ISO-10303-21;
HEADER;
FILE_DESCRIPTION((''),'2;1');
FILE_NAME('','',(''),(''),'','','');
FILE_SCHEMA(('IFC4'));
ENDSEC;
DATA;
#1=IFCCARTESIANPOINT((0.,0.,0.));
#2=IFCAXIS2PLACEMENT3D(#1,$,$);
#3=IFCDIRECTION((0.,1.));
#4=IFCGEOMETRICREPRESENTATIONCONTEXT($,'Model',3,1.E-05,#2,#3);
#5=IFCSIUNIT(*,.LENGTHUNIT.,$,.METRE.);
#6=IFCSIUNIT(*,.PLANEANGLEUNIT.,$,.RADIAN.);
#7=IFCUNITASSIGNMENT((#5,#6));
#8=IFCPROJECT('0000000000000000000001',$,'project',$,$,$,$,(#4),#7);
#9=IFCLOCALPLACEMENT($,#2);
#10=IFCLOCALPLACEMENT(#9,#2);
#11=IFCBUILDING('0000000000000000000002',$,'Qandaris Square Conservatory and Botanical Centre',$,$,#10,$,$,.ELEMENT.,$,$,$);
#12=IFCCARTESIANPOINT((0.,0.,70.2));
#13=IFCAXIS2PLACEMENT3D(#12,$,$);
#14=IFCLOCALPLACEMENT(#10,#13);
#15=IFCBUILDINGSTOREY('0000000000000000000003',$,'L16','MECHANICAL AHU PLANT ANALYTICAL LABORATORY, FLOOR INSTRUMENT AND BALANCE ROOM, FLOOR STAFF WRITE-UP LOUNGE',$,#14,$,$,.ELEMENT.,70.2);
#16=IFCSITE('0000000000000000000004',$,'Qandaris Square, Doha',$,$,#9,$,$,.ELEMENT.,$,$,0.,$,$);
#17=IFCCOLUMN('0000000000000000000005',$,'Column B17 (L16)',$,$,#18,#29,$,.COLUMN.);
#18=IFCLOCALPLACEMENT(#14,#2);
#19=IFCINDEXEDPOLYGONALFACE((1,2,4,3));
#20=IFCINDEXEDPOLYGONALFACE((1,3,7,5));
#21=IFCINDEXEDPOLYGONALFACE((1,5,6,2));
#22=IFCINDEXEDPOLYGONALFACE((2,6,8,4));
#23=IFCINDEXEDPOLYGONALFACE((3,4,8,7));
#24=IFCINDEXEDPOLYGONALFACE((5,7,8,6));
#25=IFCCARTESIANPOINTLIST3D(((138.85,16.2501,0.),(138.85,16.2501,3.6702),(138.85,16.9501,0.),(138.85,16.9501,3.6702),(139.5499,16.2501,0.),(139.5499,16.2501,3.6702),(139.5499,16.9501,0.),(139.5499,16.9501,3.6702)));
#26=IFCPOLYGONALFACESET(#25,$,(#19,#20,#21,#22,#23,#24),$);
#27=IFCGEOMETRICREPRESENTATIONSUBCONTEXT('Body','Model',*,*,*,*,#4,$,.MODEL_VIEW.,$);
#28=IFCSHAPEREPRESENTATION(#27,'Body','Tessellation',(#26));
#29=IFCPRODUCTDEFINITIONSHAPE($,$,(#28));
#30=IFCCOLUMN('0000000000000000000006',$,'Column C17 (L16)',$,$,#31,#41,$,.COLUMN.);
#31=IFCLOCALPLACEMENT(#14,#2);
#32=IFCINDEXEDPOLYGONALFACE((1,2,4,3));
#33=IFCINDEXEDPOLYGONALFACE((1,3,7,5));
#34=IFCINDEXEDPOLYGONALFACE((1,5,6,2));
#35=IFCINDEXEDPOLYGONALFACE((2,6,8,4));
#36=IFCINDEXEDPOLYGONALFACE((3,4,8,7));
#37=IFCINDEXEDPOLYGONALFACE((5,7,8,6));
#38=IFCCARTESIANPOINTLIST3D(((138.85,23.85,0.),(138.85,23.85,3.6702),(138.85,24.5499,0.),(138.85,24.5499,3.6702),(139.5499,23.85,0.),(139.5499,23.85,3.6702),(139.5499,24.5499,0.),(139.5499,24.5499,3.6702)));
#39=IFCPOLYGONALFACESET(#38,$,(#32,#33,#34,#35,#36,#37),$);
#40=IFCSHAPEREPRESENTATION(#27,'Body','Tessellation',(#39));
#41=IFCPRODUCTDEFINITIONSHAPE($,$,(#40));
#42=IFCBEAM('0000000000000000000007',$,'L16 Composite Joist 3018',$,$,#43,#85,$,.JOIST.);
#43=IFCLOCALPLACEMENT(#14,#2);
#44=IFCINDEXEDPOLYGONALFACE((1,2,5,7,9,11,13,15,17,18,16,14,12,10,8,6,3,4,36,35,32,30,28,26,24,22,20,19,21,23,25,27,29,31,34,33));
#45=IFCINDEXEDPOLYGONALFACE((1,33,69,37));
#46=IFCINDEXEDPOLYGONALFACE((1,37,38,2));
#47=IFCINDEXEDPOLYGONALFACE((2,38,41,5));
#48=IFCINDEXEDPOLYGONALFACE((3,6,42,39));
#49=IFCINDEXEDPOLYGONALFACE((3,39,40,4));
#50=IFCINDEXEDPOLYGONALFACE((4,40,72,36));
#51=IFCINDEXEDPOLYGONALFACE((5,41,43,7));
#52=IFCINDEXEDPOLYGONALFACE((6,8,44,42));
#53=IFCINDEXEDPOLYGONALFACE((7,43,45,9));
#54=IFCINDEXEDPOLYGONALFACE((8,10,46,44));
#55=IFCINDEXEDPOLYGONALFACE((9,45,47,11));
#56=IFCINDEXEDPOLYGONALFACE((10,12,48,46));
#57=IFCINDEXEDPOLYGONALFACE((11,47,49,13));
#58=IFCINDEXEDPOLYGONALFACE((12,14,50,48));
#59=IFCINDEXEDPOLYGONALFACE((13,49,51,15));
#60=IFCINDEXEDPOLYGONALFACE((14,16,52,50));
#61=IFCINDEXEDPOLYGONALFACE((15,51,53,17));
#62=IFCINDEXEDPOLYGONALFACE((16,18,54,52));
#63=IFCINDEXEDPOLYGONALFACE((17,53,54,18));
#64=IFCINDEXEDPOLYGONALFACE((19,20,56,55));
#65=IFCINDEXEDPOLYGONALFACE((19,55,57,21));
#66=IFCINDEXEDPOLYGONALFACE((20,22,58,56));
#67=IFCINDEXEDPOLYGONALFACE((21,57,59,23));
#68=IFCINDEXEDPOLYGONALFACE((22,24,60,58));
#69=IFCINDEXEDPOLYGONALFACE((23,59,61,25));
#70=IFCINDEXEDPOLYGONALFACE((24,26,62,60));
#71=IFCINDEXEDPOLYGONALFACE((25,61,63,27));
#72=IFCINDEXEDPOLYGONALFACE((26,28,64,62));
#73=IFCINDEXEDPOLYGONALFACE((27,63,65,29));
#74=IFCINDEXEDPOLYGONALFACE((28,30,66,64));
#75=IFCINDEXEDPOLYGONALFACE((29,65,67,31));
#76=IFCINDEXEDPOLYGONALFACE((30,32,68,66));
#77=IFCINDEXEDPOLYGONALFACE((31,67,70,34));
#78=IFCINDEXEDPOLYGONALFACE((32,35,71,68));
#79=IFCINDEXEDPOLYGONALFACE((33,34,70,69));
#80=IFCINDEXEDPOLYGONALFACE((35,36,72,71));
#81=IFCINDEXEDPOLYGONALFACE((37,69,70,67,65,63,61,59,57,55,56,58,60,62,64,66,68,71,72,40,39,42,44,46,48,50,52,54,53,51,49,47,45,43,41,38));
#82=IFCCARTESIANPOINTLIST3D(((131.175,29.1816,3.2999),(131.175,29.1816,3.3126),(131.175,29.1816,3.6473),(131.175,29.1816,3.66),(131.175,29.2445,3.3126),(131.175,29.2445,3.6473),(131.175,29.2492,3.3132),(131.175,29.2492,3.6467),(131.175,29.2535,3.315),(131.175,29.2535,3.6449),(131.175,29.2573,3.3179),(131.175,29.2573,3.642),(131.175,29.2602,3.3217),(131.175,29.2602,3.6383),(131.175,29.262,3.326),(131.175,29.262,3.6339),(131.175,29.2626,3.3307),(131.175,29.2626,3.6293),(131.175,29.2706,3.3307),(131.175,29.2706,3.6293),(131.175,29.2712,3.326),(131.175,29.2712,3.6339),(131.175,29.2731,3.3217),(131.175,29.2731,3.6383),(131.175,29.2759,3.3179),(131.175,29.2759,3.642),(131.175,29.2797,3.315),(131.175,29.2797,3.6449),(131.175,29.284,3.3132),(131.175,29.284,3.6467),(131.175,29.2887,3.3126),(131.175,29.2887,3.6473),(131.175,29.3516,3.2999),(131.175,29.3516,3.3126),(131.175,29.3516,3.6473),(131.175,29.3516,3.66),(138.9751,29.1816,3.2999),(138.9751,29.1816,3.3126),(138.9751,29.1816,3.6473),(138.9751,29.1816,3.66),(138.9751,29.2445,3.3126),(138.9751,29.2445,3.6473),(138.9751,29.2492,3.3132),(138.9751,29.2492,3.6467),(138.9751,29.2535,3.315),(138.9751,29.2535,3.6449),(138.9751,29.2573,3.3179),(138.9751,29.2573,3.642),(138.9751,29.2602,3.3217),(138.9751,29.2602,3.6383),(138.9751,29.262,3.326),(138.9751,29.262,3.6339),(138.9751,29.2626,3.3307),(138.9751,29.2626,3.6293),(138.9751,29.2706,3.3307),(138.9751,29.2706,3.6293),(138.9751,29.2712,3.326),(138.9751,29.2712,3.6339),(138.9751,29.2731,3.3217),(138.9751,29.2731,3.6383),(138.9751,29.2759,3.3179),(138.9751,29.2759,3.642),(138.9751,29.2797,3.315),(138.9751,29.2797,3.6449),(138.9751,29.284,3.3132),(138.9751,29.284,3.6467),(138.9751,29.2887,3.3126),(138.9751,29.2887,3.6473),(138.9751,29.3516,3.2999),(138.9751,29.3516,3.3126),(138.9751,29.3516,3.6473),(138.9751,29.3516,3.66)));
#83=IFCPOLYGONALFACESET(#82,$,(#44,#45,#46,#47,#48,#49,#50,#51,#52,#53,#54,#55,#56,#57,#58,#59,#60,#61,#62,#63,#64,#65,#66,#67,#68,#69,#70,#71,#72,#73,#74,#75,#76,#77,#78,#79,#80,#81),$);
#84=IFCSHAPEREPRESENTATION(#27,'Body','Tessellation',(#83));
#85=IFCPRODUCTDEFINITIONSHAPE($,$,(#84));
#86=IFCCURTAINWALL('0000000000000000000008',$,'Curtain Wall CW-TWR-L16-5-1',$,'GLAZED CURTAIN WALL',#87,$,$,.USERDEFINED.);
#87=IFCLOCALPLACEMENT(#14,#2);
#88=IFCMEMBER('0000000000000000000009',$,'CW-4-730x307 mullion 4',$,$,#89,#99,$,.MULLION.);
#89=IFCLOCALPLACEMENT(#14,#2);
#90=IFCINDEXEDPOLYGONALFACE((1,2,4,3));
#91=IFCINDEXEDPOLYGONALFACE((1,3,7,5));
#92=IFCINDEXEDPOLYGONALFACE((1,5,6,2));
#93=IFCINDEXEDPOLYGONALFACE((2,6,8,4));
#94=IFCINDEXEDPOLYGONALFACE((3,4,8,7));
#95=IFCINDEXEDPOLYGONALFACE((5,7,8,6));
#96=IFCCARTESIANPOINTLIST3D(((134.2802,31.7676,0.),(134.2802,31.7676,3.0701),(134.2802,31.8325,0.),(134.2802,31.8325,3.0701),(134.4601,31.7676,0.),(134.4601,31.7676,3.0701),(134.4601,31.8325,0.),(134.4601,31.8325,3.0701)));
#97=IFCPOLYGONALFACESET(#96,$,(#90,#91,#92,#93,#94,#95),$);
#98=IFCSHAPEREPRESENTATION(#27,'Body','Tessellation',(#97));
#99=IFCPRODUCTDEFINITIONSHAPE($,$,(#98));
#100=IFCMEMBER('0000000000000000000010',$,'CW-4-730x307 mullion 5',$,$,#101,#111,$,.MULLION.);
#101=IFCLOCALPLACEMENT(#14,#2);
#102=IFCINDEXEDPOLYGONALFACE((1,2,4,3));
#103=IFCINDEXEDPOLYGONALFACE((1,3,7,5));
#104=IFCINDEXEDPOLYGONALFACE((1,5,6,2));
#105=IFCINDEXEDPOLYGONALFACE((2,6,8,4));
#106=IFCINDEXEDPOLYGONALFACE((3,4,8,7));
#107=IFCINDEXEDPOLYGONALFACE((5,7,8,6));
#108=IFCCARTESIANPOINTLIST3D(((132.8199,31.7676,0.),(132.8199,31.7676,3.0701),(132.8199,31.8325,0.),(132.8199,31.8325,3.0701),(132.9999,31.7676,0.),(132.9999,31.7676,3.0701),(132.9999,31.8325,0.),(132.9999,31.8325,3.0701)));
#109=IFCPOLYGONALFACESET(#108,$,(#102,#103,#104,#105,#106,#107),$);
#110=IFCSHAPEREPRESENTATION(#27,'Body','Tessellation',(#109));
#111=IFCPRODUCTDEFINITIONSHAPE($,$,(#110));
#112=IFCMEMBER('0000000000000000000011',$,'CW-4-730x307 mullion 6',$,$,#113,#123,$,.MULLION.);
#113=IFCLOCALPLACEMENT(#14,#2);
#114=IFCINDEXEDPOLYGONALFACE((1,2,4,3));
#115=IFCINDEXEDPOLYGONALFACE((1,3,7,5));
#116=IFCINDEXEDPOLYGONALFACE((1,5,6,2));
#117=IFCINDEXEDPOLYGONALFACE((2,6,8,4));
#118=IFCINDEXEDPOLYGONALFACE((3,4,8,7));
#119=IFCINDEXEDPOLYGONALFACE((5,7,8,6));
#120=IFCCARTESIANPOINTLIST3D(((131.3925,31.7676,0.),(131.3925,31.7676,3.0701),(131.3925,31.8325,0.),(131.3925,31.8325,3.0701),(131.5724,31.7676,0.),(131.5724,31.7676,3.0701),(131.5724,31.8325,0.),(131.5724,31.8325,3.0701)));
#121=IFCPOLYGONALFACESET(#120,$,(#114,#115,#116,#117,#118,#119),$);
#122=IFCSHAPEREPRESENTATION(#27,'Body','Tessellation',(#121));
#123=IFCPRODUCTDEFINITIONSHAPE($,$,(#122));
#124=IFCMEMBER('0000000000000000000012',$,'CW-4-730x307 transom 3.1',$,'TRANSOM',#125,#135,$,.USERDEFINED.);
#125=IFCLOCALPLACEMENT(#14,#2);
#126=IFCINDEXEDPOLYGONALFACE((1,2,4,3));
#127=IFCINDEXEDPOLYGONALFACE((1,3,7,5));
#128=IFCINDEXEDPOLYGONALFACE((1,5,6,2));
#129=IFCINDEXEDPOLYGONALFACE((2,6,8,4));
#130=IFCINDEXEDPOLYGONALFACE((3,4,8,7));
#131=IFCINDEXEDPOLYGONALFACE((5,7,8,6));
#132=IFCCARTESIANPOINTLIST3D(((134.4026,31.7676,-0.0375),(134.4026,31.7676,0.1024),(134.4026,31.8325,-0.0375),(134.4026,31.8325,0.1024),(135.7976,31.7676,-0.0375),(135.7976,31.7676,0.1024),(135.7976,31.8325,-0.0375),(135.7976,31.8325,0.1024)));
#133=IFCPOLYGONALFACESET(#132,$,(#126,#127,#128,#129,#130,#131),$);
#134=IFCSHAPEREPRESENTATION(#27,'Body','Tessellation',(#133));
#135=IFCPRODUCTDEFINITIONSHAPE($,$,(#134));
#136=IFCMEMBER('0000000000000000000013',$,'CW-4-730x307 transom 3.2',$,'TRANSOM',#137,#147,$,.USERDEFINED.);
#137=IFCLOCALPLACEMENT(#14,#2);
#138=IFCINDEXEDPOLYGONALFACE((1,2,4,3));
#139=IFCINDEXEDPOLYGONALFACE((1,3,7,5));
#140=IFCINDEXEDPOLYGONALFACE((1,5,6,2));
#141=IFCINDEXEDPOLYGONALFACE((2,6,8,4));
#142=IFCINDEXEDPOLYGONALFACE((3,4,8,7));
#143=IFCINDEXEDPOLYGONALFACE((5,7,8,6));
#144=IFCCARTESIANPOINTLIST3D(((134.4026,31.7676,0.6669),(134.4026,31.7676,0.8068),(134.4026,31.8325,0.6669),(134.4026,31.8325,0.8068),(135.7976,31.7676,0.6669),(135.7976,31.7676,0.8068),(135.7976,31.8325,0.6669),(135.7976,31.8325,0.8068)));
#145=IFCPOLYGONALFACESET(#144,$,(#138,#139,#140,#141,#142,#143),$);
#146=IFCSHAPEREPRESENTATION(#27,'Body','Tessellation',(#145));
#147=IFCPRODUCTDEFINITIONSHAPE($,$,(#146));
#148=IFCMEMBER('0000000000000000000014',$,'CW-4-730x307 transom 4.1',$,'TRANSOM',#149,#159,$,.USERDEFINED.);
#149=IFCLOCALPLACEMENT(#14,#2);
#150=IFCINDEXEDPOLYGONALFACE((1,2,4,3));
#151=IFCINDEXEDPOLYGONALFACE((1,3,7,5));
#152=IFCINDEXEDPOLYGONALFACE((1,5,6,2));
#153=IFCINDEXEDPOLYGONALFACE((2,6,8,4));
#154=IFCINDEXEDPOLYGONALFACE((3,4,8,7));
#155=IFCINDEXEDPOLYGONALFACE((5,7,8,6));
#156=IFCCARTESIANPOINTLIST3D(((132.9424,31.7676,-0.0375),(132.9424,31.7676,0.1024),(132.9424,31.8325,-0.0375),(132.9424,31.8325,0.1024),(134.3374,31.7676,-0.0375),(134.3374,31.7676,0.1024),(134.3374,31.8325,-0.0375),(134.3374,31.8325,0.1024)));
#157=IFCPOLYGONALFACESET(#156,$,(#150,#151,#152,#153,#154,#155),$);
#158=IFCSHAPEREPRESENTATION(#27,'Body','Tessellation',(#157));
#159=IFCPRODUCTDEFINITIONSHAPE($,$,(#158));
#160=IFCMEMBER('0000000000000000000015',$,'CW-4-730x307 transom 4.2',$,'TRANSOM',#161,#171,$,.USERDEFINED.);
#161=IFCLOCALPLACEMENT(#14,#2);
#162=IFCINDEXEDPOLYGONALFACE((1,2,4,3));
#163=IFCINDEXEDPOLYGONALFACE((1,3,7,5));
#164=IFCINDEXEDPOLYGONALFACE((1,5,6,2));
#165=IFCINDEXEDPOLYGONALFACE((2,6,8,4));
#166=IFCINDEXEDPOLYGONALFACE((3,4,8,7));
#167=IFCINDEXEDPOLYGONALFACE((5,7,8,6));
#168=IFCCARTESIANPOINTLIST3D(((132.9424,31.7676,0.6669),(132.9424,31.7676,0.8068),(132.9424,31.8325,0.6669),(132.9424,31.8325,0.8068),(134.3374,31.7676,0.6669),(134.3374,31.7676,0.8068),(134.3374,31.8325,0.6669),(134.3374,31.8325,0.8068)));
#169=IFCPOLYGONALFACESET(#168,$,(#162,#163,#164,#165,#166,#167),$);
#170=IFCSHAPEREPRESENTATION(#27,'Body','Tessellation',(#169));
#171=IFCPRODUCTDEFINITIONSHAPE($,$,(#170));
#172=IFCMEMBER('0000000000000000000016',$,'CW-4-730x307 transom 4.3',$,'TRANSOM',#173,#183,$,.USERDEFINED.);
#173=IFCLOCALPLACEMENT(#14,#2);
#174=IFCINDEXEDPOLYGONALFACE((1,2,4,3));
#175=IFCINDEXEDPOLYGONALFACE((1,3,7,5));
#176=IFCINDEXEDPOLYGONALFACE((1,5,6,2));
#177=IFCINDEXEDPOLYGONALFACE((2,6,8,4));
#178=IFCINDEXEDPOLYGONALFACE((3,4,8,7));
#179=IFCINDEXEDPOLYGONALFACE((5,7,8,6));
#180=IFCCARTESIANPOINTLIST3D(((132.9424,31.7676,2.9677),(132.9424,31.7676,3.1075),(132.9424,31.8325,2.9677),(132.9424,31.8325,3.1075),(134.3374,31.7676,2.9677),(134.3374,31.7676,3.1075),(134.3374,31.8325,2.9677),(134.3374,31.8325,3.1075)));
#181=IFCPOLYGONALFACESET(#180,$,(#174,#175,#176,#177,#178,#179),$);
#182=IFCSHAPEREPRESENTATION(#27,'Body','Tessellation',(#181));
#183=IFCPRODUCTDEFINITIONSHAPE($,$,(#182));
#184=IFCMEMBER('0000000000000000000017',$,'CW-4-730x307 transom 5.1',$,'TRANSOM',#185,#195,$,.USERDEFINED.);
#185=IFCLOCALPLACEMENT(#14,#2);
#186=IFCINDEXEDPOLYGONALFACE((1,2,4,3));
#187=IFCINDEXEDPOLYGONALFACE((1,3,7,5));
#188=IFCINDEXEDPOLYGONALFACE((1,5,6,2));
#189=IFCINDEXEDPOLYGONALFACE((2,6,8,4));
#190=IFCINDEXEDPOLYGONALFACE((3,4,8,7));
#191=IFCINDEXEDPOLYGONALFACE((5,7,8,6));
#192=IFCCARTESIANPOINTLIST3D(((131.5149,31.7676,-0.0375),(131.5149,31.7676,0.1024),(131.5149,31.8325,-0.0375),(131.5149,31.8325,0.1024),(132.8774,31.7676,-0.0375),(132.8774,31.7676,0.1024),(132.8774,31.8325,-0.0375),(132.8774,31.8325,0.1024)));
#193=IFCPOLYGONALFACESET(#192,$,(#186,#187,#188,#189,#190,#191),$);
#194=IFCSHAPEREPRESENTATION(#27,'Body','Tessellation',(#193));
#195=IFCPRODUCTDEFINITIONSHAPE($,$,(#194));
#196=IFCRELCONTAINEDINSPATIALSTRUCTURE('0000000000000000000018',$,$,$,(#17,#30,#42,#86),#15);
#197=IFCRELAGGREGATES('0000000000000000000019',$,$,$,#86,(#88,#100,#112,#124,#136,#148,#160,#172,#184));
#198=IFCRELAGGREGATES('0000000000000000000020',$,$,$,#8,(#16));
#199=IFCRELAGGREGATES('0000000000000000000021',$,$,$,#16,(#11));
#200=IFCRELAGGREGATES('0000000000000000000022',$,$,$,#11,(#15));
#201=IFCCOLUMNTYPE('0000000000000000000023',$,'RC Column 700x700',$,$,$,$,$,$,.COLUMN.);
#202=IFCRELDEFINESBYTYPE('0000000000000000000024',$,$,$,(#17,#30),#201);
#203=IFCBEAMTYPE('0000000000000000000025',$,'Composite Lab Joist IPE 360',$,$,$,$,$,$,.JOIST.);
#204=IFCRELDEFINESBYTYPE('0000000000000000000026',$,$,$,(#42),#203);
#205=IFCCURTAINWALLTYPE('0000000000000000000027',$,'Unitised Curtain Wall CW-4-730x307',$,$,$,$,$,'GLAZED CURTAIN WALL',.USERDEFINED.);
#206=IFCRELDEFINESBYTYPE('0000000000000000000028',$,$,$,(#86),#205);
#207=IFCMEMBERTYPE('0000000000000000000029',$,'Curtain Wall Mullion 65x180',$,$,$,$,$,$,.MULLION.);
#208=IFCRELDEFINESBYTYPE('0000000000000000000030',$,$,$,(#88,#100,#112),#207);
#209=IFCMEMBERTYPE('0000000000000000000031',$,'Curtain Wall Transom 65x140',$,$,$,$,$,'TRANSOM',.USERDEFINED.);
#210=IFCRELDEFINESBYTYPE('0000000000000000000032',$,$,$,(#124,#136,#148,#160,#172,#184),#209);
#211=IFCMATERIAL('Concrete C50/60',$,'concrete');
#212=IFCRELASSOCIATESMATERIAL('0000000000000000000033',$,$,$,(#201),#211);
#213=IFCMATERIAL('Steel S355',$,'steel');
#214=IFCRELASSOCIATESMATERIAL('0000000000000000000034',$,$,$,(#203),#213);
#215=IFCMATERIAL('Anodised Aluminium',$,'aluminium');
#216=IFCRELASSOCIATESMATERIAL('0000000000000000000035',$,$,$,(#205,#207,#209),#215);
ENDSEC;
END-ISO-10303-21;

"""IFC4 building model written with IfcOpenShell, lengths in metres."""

from ifc_helpers import new_model, si_unit, direction, frame, origin, origin_2d, place, context, subcontext, project, spatial, rectangle, i_section, extrude, material, material_profile, profile_set, type_object, element, aggregate, save


model = new_model("IFC4")

# Units and contexts
model_context = context("Model", 3, precision=1e-05, world=origin(), true_north=direction((0.0, 1.0)))
body_context = subcontext(model_context, "Body", "Model", "MODEL_VIEW")
ifc_project = project(units=[si_unit("LENGTHUNIT", "METRE"), si_unit("PLANEANGLEUNIT", "RADIAN")], contexts=[model_context])

# Site, building, storey
site_placement = place(None, origin())
site = spatial("IfcSite", under=ifc_project, at=site_placement, Name="Qandaris Square, Doha", CompositionType="ELEMENT", RefElevation=0.0)
building_placement = place(site_placement, origin())
building = spatial("IfcBuilding", under=site, at=building_placement, Name="Qandaris Square Conservatory and Botanical Centre", CompositionType="ELEMENT")
storey_placement = place(building_placement, frame((0.0, 0.0, 70.2)))
storey = spatial("IfcBuildingStorey", under=building, at=storey_placement, Name="L16", Description="MECHANICAL AHU PLANT ANALYTICAL LABORATORY, FLOOR INSTRUMENT AND BALANCE ROOM, FLOOR STAFF WRITE-UP LOUNGE", CompositionType="ELEMENT", Elevation=70.2)

# Columns
ifc_material_1 = material(Name="Concrete C50/60", Category="concrete")
ifc_material_profile_1 = material_profile(ifc_material_1, rectangle(XDim=0.7, YDim=0.7, at=origin_2d()), Name="RC-COL 700x700")
ifc_profile_set_1 = profile_set([ifc_material_profile_1], Name="Concrete C50/60")
column_type = type_object("IfcColumnType", Name="RC Column 700x700", PredefinedType="COLUMN", material=ifc_profile_set_1)
for number, where, z_axis, x_axis, name in (
    (1, (139.2, 16.6001, 0.0), (0.0, 0.0, 1.0), (1.0, 0.0, 0.0), "Column B17 (L16)"),
    (2, (139.2, 24.2, 0.0), (0.0, 0.0, 1.0), (1.0, 0.0, 0.0), "Column C17 (L16)"),
):
    element("IfcColumn", number, at=place(storey_placement, frame(where, z_axis=z_axis, x_axis=x_axis)), inside=storey, type_object=column_type, Name=name, PredefinedType="COLUMN", context=body_context, shape_type="SweptSolid", body=[
        extrude(rectangle(XDim=0.7, YDim=0.7, at=origin_2d()), origin(), (0.0, 0.0, 1.0), 3.6702),
    ])

# Beam
ifc_material_2 = material(Name="Steel S355", Category="steel")
ifc_material_profile_2 = material_profile(ifc_material_2, i_section(OverallWidth=0.1699, OverallDepth=0.3601, WebThickness=0.0081, FlangeThickness=0.0127, FilletRadius=0.0181, at=origin_2d()), Name="IPE 360")
ifc_profile_set_2 = profile_set([ifc_material_profile_2], Name="Steel S355")
beam_type = type_object("IfcBeamType", Name="Composite Lab Joist IPE 360", PredefinedType="JOIST", material=ifc_profile_set_2)
beam_placement = place(storey_placement, frame((131.175, 29.2666, 3.48), z_axis=(1.0, 0.0, 0.0), x_axis=(0.0, 1.0, 0.0)))
element("IfcBeam", 3, at=beam_placement, inside=storey, type_object=beam_type, Name="L16 Composite Joist 3018", PredefinedType="JOIST", context=body_context, shape_type="SweptSolid", body=[
    extrude(i_section(OverallWidth=0.1699, OverallDepth=0.3601, WebThickness=0.0081, FlangeThickness=0.0127, FilletRadius=0.0181, at=origin_2d()), origin(), (0.0, 0.0, 1.0), 7.8),
])

# Curtain wall, members
ifc_material_3 = material(Name="Anodised Aluminium", Category="aluminium")
curtain_wall_type = type_object("IfcCurtainWallType", Name="Unitised Curtain Wall CW-4-730x307", ElementType="GLAZED CURTAIN WALL", PredefinedType="USERDEFINED", material=ifc_material_3)
curtain_wall_placement = place(storey_placement, origin())
curtain_wall = element("IfcCurtainWall", 4, at=curtain_wall_placement, inside=storey, type_object=curtain_wall_type, Name="Curtain Wall CW-TWR-L16-5-1", ObjectType="GLAZED CURTAIN WALL", PredefinedType="USERDEFINED")
ifc_material_profile_3 = material_profile(ifc_material_3, rectangle(XDim=0.0649, YDim=0.1799, at=origin_2d()), Name="ALU-MUL 65x180")
ifc_profile_set_3 = profile_set([ifc_material_profile_3], Name="Anodised Aluminium")
member_type_1 = type_object("IfcMemberType", Name="Curtain Wall Mullion 65x180", PredefinedType="MULLION", material=ifc_profile_set_3)
member_1_placement = place(storey_placement, frame((134.3701, 31.8, 0.0), z_axis=(0.0, 0.0, 1.0), x_axis=(0.0, -1.0, 0.0)))
member_1 = element("IfcMember", 5, at=member_1_placement, type_object=member_type_1, Name="CW-4-730x307 mullion 4", PredefinedType="MULLION", context=body_context, shape_type="SweptSolid", body=[
    extrude(rectangle(XDim=0.0649, YDim=0.1799, at=origin_2d()), origin(), (0.0, 0.0, 1.0), 3.0701),
])
member_2_placement = place(storey_placement, frame((132.9099, 31.8, 0.0), z_axis=(0.0, 0.0, 1.0), x_axis=(0.0, -1.0, 0.0)))
member_2 = element("IfcMember", 6, at=member_2_placement, type_object=member_type_1, Name="CW-4-730x307 mullion 5", PredefinedType="MULLION", context=body_context, shape_type="SweptSolid", body=[
    extrude(rectangle(XDim=0.0649, YDim=0.1799, at=origin_2d()), origin(), (0.0, 0.0, 1.0), 3.0701),
])
member_3_placement = place(storey_placement, frame((131.4824, 31.8, 0.0), z_axis=(0.0, 0.0, 1.0), x_axis=(0.0, -1.0, 0.0)))
member_3 = element("IfcMember", 7, at=member_3_placement, type_object=member_type_1, Name="CW-4-730x307 mullion 6", PredefinedType="MULLION", context=body_context, shape_type="SweptSolid", body=[
    extrude(rectangle(XDim=0.0649, YDim=0.1799, at=origin_2d()), origin(), (0.0, 0.0, 1.0), 3.0701),
])
ifc_material_profile_4 = material_profile(ifc_material_3, rectangle(XDim=0.0649, YDim=0.1399, at=origin_2d()), Name="ALU-TRN 65x140")
ifc_profile_set_4 = profile_set([ifc_material_profile_4], Name="Anodised Aluminium")
member_type_2 = type_object("IfcMemberType", Name="Curtain Wall Transom 65x140", ElementType="TRANSOM", PredefinedType="USERDEFINED", material=ifc_profile_set_4)
member_4_placement = place(storey_placement, frame((135.7976, 31.8, 0.0325), z_axis=(-1.0, 0.0, 0.0), x_axis=(0.0, -1.0, 0.0)))
member_4 = element("IfcMember", 8, at=member_4_placement, type_object=member_type_2, Name="CW-4-730x307 transom 3.1", ObjectType="TRANSOM", PredefinedType="USERDEFINED", context=body_context, shape_type="SweptSolid", body=[
    extrude(rectangle(XDim=0.0649, YDim=0.1399, at=origin_2d()), origin(), (0.0, 0.0, 1.0), 1.395),
])
member_5_placement = place(storey_placement, frame((135.7976, 31.8, 0.7368), z_axis=(-1.0, 0.0, 0.0), x_axis=(0.0, -1.0, 0.0)))
member_5 = element("IfcMember", 9, at=member_5_placement, type_object=member_type_2, Name="CW-4-730x307 transom 3.2", ObjectType="TRANSOM", PredefinedType="USERDEFINED", context=body_context, shape_type="SweptSolid", body=[
    extrude(rectangle(XDim=0.0649, YDim=0.1399, at=origin_2d()), origin(), (0.0, 0.0, 1.0), 1.395),
])
member_6_placement = place(storey_placement, frame((134.3374, 31.8, 0.0325), z_axis=(-1.0, 0.0, 0.0), x_axis=(0.0, -1.0, 0.0)))
member_6 = element("IfcMember", 10, at=member_6_placement, type_object=member_type_2, Name="CW-4-730x307 transom 4.1", ObjectType="TRANSOM", PredefinedType="USERDEFINED", context=body_context, shape_type="SweptSolid", body=[
    extrude(rectangle(XDim=0.0649, YDim=0.1399, at=origin_2d()), origin(), (0.0, 0.0, 1.0), 1.395),
])
member_7_placement = place(storey_placement, frame((134.3374, 31.8, 0.7368), z_axis=(-1.0, 0.0, 0.0), x_axis=(0.0, -1.0, 0.0)))
member_7 = element("IfcMember", 11, at=member_7_placement, type_object=member_type_2, Name="CW-4-730x307 transom 4.2", ObjectType="TRANSOM", PredefinedType="USERDEFINED", context=body_context, shape_type="SweptSolid", body=[
    extrude(rectangle(XDim=0.0649, YDim=0.1399, at=origin_2d()), origin(), (0.0, 0.0, 1.0), 1.395),
])
member_8_placement = place(storey_placement, frame((134.3374, 31.8, 3.0376), z_axis=(-1.0, 0.0, 0.0), x_axis=(0.0, -1.0, 0.0)))
member_8 = element("IfcMember", 12, at=member_8_placement, type_object=member_type_2, Name="CW-4-730x307 transom 4.3", ObjectType="TRANSOM", PredefinedType="USERDEFINED", context=body_context, shape_type="SweptSolid", body=[
    extrude(rectangle(XDim=0.0649, YDim=0.1399, at=origin_2d()), origin(), (0.0, 0.0, 1.0), 1.395),
])
member_9_placement = place(storey_placement, frame((132.8774, 31.8, 0.0325), z_axis=(-1.0, 0.0, 0.0), x_axis=(0.0, -1.0, 0.0)))
member_9 = element("IfcMember", 13, at=member_9_placement, type_object=member_type_2, Name="CW-4-730x307 transom 5.1", ObjectType="TRANSOM", PredefinedType="USERDEFINED", context=body_context, shape_type="SweptSolid", body=[
    extrude(rectangle(XDim=0.0649, YDim=0.1399, at=origin_2d()), origin(), (0.0, 0.0, 1.0), 1.3625),
])
aggregate(curtain_wall, [member_1, member_2, member_3, member_4, member_5, member_6, member_7, member_8, member_9])

save(model, "model.ifc")
